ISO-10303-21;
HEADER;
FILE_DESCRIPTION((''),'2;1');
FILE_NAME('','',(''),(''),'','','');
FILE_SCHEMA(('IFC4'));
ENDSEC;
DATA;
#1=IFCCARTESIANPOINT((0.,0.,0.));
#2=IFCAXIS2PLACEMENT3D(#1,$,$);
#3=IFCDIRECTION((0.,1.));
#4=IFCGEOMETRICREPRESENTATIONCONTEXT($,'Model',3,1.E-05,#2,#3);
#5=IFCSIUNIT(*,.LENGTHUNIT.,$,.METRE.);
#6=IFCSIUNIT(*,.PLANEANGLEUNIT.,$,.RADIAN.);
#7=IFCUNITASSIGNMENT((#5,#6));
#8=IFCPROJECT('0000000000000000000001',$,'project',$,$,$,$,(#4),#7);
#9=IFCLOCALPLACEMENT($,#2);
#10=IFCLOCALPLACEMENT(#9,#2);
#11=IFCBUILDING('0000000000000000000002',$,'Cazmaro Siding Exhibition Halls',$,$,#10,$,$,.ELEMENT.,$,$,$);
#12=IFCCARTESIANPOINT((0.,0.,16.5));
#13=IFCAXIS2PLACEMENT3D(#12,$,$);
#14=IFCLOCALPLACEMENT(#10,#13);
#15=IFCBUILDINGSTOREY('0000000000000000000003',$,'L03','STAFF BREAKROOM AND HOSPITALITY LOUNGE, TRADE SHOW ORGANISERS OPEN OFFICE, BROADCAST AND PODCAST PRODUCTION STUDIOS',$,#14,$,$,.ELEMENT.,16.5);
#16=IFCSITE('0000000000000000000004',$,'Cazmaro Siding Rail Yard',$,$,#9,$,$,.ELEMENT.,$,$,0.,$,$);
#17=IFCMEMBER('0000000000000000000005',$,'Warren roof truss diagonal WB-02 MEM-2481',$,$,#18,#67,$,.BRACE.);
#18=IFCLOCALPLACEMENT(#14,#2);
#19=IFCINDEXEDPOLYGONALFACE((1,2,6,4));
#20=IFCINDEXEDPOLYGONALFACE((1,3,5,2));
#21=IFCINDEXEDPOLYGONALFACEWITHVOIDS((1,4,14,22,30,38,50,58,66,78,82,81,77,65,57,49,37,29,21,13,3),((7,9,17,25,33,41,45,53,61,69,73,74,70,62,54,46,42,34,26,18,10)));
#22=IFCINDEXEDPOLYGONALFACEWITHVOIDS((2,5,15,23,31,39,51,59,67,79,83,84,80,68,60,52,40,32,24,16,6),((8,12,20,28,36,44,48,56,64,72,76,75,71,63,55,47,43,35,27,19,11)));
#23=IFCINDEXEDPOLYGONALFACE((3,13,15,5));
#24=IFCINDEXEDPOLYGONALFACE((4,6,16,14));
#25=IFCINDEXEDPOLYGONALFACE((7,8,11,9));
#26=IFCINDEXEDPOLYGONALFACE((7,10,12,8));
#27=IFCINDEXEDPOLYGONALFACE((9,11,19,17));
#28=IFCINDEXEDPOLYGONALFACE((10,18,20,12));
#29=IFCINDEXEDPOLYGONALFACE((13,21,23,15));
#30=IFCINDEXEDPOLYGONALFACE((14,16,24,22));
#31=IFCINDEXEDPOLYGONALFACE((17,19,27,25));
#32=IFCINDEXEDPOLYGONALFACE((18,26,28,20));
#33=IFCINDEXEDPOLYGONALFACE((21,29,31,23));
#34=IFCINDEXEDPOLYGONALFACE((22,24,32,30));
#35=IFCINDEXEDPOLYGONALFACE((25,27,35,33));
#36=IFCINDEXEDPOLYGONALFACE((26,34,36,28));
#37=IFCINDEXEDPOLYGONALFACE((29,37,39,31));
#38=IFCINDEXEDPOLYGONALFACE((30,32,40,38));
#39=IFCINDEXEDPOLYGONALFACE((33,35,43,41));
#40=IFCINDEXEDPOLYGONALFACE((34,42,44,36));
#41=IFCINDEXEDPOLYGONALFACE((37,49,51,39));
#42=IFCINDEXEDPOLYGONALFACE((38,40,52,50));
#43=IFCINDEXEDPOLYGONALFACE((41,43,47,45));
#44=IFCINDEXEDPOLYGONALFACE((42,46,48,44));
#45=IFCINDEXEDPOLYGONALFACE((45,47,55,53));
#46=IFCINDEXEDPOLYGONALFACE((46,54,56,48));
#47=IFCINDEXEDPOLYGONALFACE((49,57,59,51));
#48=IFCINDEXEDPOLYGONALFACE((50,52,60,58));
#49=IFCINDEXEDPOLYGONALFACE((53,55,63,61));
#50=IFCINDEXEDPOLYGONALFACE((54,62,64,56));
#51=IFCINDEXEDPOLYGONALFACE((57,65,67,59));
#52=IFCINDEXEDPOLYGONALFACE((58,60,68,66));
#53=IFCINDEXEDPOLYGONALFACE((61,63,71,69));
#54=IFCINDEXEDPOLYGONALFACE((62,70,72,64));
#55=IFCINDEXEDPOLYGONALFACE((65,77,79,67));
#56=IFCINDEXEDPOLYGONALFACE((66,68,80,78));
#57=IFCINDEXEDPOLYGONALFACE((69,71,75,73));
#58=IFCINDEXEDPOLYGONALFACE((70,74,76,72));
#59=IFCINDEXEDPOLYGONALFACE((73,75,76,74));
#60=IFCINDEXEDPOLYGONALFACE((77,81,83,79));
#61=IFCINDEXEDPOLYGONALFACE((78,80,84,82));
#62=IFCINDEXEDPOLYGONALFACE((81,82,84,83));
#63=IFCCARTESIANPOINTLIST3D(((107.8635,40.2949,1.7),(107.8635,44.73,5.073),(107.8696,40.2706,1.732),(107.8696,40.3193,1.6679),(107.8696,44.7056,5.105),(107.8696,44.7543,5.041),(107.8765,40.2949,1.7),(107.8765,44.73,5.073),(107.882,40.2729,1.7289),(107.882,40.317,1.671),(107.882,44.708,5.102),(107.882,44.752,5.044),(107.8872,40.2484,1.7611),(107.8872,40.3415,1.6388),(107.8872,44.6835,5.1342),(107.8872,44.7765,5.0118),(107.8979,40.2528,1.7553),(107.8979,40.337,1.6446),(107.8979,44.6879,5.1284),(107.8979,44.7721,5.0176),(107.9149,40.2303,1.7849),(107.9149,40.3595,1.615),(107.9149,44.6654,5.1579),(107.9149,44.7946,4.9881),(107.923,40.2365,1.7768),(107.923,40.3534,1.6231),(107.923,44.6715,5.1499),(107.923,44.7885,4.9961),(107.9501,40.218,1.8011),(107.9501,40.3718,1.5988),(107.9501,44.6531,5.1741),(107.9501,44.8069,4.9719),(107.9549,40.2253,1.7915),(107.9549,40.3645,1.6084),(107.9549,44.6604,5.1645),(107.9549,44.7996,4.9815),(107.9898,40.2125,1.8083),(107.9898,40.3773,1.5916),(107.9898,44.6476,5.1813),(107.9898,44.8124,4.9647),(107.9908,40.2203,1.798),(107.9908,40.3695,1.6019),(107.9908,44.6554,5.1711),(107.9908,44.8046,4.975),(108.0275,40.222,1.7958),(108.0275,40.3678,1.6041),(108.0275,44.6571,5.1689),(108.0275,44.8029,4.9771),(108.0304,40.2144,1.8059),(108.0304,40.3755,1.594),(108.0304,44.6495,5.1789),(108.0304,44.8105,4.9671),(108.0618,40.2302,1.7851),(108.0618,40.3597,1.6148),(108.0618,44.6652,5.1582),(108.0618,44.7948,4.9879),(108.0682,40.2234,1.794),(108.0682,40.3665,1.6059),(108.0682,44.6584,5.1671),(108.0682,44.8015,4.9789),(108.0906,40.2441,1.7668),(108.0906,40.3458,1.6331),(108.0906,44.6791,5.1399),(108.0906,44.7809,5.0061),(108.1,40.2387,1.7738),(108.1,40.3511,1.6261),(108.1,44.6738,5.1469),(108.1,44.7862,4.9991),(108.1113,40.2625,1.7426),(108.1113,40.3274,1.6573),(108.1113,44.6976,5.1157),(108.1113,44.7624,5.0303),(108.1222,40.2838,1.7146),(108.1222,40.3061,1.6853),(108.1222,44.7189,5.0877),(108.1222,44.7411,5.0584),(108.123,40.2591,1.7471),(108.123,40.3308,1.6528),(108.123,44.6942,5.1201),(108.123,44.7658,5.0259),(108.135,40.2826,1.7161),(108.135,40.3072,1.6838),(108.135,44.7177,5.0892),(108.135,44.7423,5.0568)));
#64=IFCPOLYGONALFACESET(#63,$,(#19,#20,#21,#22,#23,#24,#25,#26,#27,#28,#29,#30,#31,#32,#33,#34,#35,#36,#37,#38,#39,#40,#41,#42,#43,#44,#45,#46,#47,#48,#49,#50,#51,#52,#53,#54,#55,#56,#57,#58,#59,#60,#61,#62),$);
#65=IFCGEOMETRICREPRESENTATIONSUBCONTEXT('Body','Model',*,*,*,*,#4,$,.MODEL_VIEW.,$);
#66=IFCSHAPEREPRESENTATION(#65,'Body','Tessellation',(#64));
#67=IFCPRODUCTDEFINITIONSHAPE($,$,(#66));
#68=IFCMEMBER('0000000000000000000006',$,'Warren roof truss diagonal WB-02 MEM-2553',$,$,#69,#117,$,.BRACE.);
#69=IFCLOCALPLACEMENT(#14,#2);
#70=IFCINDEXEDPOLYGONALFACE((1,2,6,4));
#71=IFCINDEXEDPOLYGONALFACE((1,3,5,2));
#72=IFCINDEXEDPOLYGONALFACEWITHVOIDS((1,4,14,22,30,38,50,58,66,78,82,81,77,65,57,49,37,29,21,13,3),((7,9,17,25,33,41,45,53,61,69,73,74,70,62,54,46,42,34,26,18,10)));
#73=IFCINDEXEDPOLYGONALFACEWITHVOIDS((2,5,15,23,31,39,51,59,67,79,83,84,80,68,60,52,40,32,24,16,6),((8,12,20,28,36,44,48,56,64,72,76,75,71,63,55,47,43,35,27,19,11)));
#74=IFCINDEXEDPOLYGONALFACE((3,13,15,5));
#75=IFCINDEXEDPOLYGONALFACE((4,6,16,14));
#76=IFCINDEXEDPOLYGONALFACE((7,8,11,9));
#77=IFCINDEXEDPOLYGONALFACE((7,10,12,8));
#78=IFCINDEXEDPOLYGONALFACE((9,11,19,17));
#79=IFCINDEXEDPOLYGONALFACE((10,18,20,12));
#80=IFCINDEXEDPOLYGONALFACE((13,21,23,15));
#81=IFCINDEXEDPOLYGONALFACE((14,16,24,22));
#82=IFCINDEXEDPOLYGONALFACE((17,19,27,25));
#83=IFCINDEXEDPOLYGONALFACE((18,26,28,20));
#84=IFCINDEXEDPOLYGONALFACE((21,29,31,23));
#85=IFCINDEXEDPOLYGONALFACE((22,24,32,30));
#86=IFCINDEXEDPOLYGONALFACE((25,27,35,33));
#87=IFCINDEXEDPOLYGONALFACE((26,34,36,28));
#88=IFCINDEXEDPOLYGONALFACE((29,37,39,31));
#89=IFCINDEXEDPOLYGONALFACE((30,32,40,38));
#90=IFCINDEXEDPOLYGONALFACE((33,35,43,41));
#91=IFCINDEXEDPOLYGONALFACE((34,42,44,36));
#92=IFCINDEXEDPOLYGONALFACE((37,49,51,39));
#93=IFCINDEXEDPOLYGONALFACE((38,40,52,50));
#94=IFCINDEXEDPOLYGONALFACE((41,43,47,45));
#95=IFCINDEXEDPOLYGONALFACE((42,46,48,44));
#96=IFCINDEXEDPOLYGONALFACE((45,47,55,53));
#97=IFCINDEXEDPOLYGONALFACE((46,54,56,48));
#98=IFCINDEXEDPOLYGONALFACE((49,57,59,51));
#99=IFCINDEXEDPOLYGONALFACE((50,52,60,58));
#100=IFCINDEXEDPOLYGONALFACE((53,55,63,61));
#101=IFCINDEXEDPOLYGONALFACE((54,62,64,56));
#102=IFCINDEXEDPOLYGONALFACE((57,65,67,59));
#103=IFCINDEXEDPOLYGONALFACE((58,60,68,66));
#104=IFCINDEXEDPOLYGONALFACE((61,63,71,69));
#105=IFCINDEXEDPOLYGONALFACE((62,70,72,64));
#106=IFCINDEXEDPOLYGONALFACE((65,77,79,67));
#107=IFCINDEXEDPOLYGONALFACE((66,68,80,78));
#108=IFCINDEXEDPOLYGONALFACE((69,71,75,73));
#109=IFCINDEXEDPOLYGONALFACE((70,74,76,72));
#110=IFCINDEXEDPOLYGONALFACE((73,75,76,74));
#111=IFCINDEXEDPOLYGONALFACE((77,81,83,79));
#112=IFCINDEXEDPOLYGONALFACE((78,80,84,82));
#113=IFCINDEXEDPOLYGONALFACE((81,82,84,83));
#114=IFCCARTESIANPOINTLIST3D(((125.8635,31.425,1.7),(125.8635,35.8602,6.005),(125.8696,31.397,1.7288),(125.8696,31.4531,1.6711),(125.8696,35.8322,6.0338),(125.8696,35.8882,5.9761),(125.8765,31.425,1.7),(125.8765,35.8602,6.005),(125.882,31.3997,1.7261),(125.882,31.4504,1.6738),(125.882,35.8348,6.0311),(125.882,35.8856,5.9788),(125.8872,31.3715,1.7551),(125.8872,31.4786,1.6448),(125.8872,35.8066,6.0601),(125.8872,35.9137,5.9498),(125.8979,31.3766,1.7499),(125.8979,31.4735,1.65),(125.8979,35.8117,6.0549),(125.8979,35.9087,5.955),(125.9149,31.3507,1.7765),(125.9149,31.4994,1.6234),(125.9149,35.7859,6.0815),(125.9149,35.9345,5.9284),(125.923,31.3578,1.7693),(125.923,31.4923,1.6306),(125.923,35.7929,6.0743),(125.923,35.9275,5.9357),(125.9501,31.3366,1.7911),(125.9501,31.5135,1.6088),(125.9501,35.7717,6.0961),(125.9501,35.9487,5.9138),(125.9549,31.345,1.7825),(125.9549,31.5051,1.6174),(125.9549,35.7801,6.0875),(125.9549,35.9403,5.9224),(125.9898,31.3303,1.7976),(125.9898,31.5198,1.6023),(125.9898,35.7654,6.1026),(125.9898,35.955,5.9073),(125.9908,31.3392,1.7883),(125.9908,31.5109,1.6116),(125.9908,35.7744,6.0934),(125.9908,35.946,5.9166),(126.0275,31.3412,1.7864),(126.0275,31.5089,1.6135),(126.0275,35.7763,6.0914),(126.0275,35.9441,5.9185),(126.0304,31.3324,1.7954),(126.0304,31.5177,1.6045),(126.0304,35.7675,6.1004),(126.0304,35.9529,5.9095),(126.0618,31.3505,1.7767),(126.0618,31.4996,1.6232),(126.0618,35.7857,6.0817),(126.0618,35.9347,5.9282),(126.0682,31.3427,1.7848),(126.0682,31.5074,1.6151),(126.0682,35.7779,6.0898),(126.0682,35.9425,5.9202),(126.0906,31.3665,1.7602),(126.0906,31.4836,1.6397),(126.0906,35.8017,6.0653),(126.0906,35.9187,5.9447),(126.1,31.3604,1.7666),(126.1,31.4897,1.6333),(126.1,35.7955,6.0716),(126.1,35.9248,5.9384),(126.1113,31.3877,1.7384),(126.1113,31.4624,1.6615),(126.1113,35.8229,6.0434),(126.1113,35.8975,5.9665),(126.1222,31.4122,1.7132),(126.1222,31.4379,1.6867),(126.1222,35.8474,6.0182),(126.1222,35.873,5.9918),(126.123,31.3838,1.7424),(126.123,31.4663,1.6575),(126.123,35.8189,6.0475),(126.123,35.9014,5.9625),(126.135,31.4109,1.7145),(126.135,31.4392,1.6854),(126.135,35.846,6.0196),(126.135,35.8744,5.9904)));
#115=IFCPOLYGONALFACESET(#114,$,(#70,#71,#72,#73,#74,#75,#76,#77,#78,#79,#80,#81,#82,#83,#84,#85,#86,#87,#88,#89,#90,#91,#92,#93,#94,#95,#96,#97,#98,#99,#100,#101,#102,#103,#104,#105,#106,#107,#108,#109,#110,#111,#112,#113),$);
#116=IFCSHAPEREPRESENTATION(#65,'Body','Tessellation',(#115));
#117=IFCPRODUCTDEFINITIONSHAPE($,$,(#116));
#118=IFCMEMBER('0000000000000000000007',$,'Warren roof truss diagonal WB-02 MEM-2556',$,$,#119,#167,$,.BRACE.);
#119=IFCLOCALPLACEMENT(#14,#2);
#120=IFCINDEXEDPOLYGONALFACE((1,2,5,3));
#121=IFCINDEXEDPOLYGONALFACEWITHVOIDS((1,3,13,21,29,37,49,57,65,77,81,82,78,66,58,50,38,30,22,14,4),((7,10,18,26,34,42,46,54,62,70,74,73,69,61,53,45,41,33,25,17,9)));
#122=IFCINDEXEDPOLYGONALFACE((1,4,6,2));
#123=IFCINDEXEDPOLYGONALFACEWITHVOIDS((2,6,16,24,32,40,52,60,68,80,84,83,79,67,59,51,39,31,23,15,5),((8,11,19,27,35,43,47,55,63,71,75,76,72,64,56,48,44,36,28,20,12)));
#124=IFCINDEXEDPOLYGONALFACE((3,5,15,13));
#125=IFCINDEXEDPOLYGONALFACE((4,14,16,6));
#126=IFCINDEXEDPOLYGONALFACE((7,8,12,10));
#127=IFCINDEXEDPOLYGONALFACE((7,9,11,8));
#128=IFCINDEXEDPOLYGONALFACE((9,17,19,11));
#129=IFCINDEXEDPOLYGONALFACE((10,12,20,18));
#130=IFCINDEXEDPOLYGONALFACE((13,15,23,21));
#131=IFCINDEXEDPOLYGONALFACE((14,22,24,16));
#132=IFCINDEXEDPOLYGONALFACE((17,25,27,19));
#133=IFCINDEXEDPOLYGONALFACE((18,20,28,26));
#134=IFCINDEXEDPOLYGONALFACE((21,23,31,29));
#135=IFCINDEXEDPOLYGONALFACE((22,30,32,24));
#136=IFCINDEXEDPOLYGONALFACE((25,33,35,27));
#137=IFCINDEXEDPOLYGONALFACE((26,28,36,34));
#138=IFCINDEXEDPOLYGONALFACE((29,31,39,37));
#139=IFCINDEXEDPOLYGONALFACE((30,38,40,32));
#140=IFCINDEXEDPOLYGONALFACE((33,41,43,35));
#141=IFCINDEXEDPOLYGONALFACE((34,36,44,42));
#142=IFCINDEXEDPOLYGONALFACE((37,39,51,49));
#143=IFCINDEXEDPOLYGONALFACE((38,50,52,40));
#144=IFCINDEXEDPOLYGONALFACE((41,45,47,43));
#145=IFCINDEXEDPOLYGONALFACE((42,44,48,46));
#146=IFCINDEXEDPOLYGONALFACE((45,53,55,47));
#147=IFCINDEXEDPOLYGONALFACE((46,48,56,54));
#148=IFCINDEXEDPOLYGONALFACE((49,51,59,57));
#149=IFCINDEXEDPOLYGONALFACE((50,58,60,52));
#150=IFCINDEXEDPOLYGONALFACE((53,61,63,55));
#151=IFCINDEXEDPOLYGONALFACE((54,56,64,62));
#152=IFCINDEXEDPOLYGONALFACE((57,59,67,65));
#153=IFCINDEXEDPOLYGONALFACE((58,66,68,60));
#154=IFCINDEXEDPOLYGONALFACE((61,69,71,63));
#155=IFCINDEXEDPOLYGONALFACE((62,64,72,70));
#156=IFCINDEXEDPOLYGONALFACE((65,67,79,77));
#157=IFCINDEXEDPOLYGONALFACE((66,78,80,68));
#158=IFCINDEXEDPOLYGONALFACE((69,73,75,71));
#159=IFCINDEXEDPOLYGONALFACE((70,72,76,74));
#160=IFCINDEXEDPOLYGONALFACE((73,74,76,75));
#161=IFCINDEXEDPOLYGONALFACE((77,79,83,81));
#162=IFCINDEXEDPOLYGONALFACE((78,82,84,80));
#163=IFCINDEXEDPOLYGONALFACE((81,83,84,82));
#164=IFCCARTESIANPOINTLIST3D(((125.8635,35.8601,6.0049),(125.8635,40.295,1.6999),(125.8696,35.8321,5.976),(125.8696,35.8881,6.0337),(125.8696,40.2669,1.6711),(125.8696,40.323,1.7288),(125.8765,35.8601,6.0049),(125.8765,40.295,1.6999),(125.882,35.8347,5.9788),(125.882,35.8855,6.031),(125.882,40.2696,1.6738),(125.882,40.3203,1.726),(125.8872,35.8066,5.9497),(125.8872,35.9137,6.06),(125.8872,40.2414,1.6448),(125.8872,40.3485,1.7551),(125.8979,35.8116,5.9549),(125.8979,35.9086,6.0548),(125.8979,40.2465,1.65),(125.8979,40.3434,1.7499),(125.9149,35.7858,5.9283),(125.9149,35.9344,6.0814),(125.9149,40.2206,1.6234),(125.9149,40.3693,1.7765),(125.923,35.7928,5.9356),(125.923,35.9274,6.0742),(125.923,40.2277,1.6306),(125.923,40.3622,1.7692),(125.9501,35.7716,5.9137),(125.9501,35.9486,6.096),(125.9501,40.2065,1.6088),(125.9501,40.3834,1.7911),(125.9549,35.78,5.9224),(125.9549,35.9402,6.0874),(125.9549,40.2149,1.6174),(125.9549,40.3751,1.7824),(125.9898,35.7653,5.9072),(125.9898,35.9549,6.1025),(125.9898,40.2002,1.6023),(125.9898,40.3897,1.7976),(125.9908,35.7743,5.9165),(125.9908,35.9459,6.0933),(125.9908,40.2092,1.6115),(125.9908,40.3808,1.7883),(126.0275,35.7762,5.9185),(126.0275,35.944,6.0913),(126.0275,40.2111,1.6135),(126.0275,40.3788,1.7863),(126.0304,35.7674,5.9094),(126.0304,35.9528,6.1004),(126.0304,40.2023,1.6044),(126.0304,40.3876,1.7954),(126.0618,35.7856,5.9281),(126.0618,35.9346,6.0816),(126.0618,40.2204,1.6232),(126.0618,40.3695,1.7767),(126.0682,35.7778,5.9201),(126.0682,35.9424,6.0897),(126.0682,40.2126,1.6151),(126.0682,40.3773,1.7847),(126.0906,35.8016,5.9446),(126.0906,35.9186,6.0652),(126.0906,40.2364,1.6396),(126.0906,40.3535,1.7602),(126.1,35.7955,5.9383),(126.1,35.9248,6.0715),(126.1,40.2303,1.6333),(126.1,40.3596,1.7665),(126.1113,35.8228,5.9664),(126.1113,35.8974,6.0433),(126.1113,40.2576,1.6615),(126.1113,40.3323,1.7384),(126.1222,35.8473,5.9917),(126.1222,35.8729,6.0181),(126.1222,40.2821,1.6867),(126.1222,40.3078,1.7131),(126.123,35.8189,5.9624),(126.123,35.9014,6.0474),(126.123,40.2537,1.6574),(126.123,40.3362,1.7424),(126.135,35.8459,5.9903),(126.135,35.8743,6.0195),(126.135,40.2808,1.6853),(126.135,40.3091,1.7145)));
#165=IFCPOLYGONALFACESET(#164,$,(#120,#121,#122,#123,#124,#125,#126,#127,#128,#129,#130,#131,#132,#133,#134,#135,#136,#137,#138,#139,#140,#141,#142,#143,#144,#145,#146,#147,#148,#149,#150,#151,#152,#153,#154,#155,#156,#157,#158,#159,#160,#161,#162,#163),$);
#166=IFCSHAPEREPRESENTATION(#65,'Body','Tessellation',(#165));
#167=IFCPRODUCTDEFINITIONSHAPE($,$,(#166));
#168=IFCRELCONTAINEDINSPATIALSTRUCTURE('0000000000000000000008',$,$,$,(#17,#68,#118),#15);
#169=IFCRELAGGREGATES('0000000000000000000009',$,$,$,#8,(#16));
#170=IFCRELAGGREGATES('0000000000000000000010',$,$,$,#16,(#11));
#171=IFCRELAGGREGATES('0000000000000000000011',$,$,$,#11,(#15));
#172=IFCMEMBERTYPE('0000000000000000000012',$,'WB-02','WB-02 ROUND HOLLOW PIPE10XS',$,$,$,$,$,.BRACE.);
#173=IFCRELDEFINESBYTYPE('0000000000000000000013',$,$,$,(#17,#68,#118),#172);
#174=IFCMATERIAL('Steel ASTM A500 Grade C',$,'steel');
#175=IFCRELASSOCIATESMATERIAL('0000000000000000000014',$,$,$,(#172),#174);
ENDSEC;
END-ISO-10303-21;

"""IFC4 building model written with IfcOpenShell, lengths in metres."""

from ifc_helpers import new_model, si_unit, direction, frame, origin, origin_2d, place, context, subcontext, project, spatial, hollow_circle, extrude, material, material_profile, profile_set, type_object, element, save


model = new_model("IFC4")

# Units and contexts
model_context = context("Model", 3, precision=1e-05, world=origin(), true_north=direction((0.0, 1.0)))
body_context = subcontext(model_context, "Body", "Model", "MODEL_VIEW")
ifc_project = project(units=[si_unit("LENGTHUNIT", "METRE"), si_unit("PLANEANGLEUNIT", "RADIAN")], contexts=[model_context])

# Site, building, storey
site_placement = place(None, origin())
site = spatial("IfcSite", under=ifc_project, at=site_placement, Name="Cazmaro Siding Rail Yard", CompositionType="ELEMENT", RefElevation=0.0)
building_placement = place(site_placement, origin())
building = spatial("IfcBuilding", under=site, at=building_placement, Name="Cazmaro Siding Exhibition Halls", CompositionType="ELEMENT")
storey_placement = place(building_placement, frame((0.0, 0.0, 16.5)))
storey = spatial("IfcBuildingStorey", under=building, at=storey_placement, Name="L03", Description="STAFF BREAKROOM AND HOSPITALITY LOUNGE, TRADE SHOW ORGANISERS OPEN OFFICE, BROADCAST AND PODCAST PRODUCTION STUDIOS", CompositionType="ELEMENT", Elevation=16.5)

# Members
ifc_material_1 = material(Name="Steel ASTM A500 Grade C", Category="steel")
ifc_material_profile_1 = material_profile(ifc_material_1, hollow_circle(Radius=0.1365, WallThickness=0.0129, at=origin_2d()), Name="PIPE10XS")
ifc_profile_set_1 = profile_set([ifc_material_profile_1], Name="Steel ASTM A500 Grade C")
member_type_1 = type_object("IfcMemberType", Name="WB-02", Description="WB-02 ROUND HOLLOW PIPE10XS", PredefinedType="BRACE", material=ifc_profile_set_1)
member_1_placement = place(storey_placement, frame((108.0, 40.2949, 1.7), z_axis=(0.0, 0.795954, 0.605357), x_axis=(-1.0, 0.0, 0.0)))
element("IfcMember", 1, at=member_1_placement, inside=storey, type_object=member_type_1, Name="Warren roof truss diagonal WB-02 MEM-2481", PredefinedType="BRACE", context=body_context, shape_type="SweptSolid", body=[
    extrude(hollow_circle(Radius=0.1365, WallThickness=0.0129, at=origin_2d()), origin(), (0.0, 0.0, 1.0), 5.572),
])
member_2_placement = place(storey_placement, frame((126.0, 31.425, 1.7), z_axis=(0.0, 0.717555, 0.696502), x_axis=(-1.0, 0.0, 0.0)))
element("IfcMember", 2, at=member_2_placement, inside=storey, type_object=member_type_1, Name="Warren roof truss diagonal WB-02 MEM-2553", PredefinedType="BRACE", context=body_context, shape_type="SweptSolid", body=[
    extrude(hollow_circle(Radius=0.1365, WallThickness=0.0129, at=origin_2d()), origin(), (0.0, 0.0, 1.0), 6.1809),
])
member_3_placement = place(storey_placement, frame((126.0, 35.8601, 6.0049), z_axis=(0.0, 0.717536, -0.696521), x_axis=(-1.0, 0.0, 0.0)))
element("IfcMember", 3, at=member_3_placement, inside=storey, type_object=member_type_1, Name="Warren roof truss diagonal WB-02 MEM-2556", PredefinedType="BRACE", context=body_context, shape_type="SweptSolid", body=[
    extrude(hollow_circle(Radius=0.1365, WallThickness=0.0129, at=origin_2d()), origin(), (0.0, 0.0, 1.0), 6.1807),
])

save(model, "model.ifc")
